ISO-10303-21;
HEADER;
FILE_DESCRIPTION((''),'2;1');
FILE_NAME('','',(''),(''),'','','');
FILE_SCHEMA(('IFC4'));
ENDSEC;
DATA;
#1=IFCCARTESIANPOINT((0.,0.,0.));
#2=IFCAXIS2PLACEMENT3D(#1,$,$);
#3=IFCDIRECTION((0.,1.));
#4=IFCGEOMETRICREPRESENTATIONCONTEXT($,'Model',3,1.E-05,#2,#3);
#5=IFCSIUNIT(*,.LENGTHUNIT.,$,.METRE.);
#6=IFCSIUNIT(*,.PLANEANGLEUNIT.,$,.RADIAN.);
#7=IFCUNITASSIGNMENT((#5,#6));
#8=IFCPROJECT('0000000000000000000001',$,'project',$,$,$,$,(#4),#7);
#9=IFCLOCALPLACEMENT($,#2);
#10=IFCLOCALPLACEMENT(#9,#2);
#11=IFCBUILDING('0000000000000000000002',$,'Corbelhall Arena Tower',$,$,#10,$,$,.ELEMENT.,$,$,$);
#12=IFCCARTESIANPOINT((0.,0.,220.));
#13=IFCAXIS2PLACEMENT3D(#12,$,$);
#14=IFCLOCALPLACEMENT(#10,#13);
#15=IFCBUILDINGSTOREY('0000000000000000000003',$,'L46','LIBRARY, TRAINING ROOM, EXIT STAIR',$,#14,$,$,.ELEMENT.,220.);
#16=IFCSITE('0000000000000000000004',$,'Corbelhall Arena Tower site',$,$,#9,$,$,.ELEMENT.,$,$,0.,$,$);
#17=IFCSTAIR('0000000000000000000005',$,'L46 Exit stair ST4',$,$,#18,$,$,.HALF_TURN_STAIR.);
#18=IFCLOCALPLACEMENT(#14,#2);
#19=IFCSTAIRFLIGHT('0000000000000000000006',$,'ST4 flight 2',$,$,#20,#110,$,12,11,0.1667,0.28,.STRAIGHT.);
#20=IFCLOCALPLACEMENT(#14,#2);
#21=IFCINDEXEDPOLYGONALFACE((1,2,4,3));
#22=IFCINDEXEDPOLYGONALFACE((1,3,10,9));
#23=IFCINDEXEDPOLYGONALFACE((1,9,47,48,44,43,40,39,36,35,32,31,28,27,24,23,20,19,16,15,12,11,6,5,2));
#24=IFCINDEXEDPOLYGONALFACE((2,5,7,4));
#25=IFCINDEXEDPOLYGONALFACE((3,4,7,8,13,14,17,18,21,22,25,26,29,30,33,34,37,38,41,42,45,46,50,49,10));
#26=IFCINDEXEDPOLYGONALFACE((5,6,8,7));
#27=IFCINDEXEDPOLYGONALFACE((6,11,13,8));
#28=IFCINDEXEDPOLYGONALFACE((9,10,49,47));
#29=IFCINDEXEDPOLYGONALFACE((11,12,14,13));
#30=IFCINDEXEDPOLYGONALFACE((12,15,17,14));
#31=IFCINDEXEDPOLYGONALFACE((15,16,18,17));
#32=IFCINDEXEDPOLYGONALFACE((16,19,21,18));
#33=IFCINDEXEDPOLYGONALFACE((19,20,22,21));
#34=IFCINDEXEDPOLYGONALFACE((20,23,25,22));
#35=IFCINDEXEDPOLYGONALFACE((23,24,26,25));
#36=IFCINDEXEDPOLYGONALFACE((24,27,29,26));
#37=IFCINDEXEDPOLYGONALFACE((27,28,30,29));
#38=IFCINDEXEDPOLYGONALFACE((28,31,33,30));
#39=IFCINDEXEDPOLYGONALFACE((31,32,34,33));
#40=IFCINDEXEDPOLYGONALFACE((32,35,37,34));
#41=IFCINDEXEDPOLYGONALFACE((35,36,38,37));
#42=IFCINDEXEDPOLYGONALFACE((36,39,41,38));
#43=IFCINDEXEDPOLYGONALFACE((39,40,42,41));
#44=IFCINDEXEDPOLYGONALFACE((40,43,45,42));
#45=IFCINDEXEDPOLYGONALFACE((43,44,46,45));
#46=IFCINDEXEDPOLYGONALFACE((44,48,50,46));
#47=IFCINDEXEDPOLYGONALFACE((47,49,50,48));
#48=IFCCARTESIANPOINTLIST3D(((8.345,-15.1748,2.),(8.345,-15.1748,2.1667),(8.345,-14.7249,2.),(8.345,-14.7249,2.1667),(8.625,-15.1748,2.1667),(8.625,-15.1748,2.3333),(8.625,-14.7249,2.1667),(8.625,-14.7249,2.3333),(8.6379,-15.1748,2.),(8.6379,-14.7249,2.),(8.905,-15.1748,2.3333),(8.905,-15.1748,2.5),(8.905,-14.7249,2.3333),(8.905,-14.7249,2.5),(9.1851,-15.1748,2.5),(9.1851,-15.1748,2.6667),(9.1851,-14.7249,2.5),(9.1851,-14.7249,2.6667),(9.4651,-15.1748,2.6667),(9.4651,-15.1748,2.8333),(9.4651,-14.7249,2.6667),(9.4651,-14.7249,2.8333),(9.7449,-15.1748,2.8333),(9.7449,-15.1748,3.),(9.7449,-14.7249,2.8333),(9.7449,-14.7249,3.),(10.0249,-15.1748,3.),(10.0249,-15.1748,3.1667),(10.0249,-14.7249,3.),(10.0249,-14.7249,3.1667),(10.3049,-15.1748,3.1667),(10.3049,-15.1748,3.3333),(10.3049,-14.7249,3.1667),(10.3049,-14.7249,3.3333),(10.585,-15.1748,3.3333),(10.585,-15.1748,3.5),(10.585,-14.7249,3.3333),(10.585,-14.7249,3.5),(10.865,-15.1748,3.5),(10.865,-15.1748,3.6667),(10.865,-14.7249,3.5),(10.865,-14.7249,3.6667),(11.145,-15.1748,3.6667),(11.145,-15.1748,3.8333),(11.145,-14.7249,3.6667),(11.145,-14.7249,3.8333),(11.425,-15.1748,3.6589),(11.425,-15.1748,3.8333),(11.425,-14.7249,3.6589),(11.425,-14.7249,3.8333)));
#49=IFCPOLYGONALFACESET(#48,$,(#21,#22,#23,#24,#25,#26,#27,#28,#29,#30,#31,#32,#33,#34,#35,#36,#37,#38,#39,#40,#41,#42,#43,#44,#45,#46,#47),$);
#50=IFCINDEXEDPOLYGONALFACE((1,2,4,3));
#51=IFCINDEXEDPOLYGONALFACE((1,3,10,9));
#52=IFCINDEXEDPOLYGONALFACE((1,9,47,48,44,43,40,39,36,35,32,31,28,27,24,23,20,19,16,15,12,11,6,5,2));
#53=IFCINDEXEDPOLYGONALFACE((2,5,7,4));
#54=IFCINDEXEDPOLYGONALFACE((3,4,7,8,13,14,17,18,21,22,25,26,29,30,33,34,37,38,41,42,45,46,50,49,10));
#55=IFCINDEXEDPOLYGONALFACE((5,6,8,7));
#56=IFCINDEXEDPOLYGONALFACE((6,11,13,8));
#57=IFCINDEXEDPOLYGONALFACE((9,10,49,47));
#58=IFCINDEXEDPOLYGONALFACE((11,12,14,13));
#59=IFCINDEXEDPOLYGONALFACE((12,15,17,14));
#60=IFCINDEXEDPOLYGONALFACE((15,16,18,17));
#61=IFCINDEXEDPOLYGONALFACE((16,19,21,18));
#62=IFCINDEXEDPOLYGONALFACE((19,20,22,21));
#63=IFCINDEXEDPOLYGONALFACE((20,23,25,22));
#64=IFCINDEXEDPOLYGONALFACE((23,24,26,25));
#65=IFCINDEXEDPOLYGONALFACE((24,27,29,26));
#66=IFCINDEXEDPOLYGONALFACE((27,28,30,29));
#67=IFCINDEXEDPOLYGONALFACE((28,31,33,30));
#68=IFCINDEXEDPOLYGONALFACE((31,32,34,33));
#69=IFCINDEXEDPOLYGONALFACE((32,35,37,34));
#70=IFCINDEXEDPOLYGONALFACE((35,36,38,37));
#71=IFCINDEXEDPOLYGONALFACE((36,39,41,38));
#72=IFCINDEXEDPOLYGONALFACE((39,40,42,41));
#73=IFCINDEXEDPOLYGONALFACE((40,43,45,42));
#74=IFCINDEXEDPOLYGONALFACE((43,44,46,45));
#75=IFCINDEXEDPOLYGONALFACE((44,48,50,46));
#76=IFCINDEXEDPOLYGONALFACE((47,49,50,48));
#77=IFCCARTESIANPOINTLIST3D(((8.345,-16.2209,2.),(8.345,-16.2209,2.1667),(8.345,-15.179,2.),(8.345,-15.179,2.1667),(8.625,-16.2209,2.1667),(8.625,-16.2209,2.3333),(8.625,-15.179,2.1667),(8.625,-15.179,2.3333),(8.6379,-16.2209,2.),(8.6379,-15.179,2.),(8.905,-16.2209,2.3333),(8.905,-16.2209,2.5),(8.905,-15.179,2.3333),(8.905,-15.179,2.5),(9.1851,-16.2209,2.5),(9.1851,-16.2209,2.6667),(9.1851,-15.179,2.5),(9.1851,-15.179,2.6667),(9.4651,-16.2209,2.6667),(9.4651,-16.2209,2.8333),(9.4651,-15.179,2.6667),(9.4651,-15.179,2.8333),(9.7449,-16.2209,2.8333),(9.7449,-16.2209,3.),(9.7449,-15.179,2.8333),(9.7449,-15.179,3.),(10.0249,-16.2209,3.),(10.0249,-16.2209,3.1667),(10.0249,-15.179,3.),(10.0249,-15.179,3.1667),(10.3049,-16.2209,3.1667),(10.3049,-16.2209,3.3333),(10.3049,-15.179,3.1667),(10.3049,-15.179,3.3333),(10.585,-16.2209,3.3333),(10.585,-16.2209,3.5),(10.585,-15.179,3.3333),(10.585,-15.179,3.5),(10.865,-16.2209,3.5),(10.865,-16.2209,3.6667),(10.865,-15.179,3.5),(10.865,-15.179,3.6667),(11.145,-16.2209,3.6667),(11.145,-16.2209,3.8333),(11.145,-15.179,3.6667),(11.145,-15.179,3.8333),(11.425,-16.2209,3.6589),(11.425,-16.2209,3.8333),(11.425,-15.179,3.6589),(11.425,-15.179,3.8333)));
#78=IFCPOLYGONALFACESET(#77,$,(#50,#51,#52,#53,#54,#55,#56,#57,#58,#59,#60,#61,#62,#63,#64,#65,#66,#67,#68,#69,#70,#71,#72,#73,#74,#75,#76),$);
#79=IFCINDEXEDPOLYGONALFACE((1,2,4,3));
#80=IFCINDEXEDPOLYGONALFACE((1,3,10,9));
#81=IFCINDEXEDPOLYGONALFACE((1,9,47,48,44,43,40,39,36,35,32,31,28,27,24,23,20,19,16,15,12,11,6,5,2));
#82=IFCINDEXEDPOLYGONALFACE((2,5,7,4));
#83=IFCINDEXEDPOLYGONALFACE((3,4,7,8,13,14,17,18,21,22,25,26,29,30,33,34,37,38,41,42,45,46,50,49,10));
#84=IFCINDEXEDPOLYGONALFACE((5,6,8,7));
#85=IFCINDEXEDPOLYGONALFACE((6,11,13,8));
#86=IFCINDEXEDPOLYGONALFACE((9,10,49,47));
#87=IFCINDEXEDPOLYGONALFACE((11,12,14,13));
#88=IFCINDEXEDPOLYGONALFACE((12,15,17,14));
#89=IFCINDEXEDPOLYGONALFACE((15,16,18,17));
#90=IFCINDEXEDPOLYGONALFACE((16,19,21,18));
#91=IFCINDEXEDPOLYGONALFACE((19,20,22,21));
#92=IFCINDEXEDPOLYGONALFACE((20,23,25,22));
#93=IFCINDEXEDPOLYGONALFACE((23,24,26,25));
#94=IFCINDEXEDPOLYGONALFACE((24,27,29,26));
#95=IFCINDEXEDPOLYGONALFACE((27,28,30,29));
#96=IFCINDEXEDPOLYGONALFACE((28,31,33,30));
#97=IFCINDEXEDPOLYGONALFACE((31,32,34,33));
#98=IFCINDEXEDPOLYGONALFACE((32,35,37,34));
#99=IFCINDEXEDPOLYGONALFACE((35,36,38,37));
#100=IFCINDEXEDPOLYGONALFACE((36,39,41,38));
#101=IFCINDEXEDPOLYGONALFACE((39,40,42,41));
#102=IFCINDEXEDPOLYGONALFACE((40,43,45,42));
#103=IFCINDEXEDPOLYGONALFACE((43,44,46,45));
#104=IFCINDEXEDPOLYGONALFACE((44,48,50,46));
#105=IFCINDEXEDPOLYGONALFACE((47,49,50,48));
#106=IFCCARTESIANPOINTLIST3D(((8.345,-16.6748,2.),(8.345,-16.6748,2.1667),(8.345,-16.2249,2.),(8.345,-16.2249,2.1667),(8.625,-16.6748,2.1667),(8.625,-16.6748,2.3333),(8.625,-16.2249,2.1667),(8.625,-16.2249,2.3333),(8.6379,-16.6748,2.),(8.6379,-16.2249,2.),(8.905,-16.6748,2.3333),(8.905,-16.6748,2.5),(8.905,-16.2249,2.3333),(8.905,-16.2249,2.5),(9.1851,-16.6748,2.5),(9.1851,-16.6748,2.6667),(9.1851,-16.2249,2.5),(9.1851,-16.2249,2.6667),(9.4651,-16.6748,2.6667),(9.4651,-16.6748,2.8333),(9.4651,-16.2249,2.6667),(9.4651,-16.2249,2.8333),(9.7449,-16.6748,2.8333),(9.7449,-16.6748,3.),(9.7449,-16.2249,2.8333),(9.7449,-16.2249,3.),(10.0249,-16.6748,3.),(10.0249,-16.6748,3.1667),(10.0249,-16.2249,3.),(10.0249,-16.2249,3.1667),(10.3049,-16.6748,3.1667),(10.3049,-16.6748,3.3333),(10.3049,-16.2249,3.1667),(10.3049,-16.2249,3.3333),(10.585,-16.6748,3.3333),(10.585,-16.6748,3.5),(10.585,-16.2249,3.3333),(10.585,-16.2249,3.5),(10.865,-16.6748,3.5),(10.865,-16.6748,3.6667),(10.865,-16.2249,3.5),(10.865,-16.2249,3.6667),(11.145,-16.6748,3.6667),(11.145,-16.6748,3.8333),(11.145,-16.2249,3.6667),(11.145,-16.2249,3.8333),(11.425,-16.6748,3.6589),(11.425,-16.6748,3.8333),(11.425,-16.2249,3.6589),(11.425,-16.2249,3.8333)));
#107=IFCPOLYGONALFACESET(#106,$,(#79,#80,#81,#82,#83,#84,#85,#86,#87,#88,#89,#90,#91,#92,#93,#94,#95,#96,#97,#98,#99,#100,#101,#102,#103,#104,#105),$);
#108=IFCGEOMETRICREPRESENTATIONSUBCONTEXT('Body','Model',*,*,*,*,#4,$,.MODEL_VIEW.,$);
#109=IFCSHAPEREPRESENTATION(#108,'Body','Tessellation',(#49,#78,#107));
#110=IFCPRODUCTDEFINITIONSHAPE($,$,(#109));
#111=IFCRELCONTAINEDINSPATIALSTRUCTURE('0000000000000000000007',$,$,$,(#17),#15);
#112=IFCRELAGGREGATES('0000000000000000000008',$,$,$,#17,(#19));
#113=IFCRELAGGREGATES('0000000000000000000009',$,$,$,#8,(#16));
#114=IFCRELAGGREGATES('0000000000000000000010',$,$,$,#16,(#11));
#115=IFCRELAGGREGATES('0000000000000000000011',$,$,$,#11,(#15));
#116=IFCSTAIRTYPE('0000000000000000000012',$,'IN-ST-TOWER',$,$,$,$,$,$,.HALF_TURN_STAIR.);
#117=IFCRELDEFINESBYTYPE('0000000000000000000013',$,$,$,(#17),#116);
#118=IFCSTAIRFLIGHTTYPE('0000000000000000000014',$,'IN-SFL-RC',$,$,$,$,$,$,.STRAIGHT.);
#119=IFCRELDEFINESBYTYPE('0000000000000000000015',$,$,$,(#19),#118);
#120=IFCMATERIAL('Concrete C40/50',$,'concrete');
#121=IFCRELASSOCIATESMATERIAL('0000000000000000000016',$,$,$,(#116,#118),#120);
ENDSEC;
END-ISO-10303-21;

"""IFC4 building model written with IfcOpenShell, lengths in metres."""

from ifc_helpers import new_model, si_unit, direction, frame, origin, place, context, subcontext, project, spatial, polyline, outline, extrude, material, type_object, element, aggregate, save


model = new_model("IFC4")

# Units and contexts
model_context = context("Model", 3, precision=1e-05, world=origin(), true_north=direction((0.0, 1.0)))
body_context = subcontext(model_context, "Body", "Model", "MODEL_VIEW")
ifc_project = project(units=[si_unit("LENGTHUNIT", "METRE"), si_unit("PLANEANGLEUNIT", "RADIAN")], contexts=[model_context])

# Site, building, storey
site_placement = place(None, origin())
site = spatial("IfcSite", under=ifc_project, at=site_placement, Name="Corbelhall Arena Tower site", CompositionType="ELEMENT", RefElevation=0.0)
building_placement = place(site_placement, origin())
building = spatial("IfcBuilding", under=site, at=building_placement, Name="Corbelhall Arena Tower", CompositionType="ELEMENT")
storey_placement = place(building_placement, frame((0.0, 0.0, 220.0)))
storey = spatial("IfcBuildingStorey", under=building, at=storey_placement, Name="L46", Description="LIBRARY, TRAINING ROOM, EXIT STAIR", CompositionType="ELEMENT", Elevation=220.0)

# Shared definitions
ifc_material_1 = material(Name="Concrete C40/50", Category="concrete")

# Stair, stair flight
stair_type = type_object("IfcStairType", Name="IN-ST-TOWER", PredefinedType="HALF_TURN_STAIR", material=ifc_material_1)
stair_placement = place(storey_placement, origin())
stair = element("IfcStair", 1, at=stair_placement, inside=storey, type_object=stair_type, Name="L46 Exit stair ST4", PredefinedType="HALF_TURN_STAIR")
stair_flight_type = type_object("IfcStairFlightType", Name="IN-SFL-RC", PredefinedType="STRAIGHT", material=ifc_material_1)
stair_flight_placement = place(storey_placement, frame((8.345, -15.7, 2.0), z_axis=(0.0, 0.0, 1.0), x_axis=(1.0, 0.0, 0.0)))
stair_flight = element("IfcStairFlight", 2, at=stair_flight_placement, type_object=stair_flight_type, Name="ST4 flight 2", NumberOfRisers=12, NumberOfTreads=11, PredefinedType="STRAIGHT", RiserHeight=0.1667, TreadLength=0.28, context=body_context, shape_type="SweptSolid", body=[
    extrude(outline(polyline([(0.0, 0.0), (0.0, 0.1667), (0.28, 0.1667), (0.28, 0.3333), (0.5601, 0.3333), (0.5601, 0.5), (0.8401, 0.5), (0.8401, 0.6667), (1.1201, 0.6667), (1.1201, 0.8333), (1.3999, 0.8333), (1.3999, 1.0), (1.6799, 1.0), (1.6799, 1.1667), (1.96, 1.1667), (1.96, 1.3333), (2.24, 1.3333), (2.24, 1.5), (2.52, 1.5), (2.52, 1.6667), (2.8, 1.6667), (2.8, 1.8333), (3.0801, 1.8333), (3.0801, 2.0), (3.0801, 1.6589), (0.293, 0.0), (0.0, 0.0)])), frame((0.0, 0.9751, 0.0), z_axis=(0.0, -1.0, 0.0), x_axis=(1.0, 0.0, 0.0)), (0.0, 0.0, 1.0), 0.45),
    extrude(outline(polyline([(0.0, 0.0), (0.0, 0.1667), (0.28, 0.1667), (0.28, 0.3333), (0.5601, 0.3333), (0.5601, 0.5), (0.8401, 0.5), (0.8401, 0.6667), (1.1201, 0.6667), (1.1201, 0.8333), (1.3999, 0.8333), (1.3999, 1.0), (1.6799, 1.0), (1.6799, 1.1667), (1.96, 1.1667), (1.96, 1.3333), (2.24, 1.3333), (2.24, 1.5), (2.52, 1.5), (2.52, 1.6667), (2.8, 1.6667), (2.8, 1.8333), (3.0801, 1.8333), (3.0801, 2.0), (3.0801, 1.6589), (0.293, 0.0), (0.0, 0.0)])), frame((0.0, 0.521, 0.0), z_axis=(0.0, -1.0, 0.0), x_axis=(1.0, 0.0, 0.0)), (0.0, 0.0, 1.0), 1.042),
    extrude(outline(polyline([(0.0, 0.0), (0.0, 0.1667), (0.28, 0.1667), (0.28, 0.3333), (0.5601, 0.3333), (0.5601, 0.5), (0.8401, 0.5), (0.8401, 0.6667), (1.1201, 0.6667), (1.1201, 0.8333), (1.3999, 0.8333), (1.3999, 1.0), (1.6799, 1.0), (1.6799, 1.1667), (1.96, 1.1667), (1.96, 1.3333), (2.24, 1.3333), (2.24, 1.5), (2.52, 1.5), (2.52, 1.6667), (2.8, 1.6667), (2.8, 1.8333), (3.0801, 1.8333), (3.0801, 2.0), (3.0801, 1.6589), (0.293, 0.0), (0.0, 0.0)])), frame((0.0, -0.5249, 0.0), z_axis=(0.0, -1.0, 0.0), x_axis=(1.0, 0.0, 0.0)), (0.0, 0.0, 1.0), 0.45),
])
aggregate(stair, [stair_flight])

save(model, "model.ifc")
